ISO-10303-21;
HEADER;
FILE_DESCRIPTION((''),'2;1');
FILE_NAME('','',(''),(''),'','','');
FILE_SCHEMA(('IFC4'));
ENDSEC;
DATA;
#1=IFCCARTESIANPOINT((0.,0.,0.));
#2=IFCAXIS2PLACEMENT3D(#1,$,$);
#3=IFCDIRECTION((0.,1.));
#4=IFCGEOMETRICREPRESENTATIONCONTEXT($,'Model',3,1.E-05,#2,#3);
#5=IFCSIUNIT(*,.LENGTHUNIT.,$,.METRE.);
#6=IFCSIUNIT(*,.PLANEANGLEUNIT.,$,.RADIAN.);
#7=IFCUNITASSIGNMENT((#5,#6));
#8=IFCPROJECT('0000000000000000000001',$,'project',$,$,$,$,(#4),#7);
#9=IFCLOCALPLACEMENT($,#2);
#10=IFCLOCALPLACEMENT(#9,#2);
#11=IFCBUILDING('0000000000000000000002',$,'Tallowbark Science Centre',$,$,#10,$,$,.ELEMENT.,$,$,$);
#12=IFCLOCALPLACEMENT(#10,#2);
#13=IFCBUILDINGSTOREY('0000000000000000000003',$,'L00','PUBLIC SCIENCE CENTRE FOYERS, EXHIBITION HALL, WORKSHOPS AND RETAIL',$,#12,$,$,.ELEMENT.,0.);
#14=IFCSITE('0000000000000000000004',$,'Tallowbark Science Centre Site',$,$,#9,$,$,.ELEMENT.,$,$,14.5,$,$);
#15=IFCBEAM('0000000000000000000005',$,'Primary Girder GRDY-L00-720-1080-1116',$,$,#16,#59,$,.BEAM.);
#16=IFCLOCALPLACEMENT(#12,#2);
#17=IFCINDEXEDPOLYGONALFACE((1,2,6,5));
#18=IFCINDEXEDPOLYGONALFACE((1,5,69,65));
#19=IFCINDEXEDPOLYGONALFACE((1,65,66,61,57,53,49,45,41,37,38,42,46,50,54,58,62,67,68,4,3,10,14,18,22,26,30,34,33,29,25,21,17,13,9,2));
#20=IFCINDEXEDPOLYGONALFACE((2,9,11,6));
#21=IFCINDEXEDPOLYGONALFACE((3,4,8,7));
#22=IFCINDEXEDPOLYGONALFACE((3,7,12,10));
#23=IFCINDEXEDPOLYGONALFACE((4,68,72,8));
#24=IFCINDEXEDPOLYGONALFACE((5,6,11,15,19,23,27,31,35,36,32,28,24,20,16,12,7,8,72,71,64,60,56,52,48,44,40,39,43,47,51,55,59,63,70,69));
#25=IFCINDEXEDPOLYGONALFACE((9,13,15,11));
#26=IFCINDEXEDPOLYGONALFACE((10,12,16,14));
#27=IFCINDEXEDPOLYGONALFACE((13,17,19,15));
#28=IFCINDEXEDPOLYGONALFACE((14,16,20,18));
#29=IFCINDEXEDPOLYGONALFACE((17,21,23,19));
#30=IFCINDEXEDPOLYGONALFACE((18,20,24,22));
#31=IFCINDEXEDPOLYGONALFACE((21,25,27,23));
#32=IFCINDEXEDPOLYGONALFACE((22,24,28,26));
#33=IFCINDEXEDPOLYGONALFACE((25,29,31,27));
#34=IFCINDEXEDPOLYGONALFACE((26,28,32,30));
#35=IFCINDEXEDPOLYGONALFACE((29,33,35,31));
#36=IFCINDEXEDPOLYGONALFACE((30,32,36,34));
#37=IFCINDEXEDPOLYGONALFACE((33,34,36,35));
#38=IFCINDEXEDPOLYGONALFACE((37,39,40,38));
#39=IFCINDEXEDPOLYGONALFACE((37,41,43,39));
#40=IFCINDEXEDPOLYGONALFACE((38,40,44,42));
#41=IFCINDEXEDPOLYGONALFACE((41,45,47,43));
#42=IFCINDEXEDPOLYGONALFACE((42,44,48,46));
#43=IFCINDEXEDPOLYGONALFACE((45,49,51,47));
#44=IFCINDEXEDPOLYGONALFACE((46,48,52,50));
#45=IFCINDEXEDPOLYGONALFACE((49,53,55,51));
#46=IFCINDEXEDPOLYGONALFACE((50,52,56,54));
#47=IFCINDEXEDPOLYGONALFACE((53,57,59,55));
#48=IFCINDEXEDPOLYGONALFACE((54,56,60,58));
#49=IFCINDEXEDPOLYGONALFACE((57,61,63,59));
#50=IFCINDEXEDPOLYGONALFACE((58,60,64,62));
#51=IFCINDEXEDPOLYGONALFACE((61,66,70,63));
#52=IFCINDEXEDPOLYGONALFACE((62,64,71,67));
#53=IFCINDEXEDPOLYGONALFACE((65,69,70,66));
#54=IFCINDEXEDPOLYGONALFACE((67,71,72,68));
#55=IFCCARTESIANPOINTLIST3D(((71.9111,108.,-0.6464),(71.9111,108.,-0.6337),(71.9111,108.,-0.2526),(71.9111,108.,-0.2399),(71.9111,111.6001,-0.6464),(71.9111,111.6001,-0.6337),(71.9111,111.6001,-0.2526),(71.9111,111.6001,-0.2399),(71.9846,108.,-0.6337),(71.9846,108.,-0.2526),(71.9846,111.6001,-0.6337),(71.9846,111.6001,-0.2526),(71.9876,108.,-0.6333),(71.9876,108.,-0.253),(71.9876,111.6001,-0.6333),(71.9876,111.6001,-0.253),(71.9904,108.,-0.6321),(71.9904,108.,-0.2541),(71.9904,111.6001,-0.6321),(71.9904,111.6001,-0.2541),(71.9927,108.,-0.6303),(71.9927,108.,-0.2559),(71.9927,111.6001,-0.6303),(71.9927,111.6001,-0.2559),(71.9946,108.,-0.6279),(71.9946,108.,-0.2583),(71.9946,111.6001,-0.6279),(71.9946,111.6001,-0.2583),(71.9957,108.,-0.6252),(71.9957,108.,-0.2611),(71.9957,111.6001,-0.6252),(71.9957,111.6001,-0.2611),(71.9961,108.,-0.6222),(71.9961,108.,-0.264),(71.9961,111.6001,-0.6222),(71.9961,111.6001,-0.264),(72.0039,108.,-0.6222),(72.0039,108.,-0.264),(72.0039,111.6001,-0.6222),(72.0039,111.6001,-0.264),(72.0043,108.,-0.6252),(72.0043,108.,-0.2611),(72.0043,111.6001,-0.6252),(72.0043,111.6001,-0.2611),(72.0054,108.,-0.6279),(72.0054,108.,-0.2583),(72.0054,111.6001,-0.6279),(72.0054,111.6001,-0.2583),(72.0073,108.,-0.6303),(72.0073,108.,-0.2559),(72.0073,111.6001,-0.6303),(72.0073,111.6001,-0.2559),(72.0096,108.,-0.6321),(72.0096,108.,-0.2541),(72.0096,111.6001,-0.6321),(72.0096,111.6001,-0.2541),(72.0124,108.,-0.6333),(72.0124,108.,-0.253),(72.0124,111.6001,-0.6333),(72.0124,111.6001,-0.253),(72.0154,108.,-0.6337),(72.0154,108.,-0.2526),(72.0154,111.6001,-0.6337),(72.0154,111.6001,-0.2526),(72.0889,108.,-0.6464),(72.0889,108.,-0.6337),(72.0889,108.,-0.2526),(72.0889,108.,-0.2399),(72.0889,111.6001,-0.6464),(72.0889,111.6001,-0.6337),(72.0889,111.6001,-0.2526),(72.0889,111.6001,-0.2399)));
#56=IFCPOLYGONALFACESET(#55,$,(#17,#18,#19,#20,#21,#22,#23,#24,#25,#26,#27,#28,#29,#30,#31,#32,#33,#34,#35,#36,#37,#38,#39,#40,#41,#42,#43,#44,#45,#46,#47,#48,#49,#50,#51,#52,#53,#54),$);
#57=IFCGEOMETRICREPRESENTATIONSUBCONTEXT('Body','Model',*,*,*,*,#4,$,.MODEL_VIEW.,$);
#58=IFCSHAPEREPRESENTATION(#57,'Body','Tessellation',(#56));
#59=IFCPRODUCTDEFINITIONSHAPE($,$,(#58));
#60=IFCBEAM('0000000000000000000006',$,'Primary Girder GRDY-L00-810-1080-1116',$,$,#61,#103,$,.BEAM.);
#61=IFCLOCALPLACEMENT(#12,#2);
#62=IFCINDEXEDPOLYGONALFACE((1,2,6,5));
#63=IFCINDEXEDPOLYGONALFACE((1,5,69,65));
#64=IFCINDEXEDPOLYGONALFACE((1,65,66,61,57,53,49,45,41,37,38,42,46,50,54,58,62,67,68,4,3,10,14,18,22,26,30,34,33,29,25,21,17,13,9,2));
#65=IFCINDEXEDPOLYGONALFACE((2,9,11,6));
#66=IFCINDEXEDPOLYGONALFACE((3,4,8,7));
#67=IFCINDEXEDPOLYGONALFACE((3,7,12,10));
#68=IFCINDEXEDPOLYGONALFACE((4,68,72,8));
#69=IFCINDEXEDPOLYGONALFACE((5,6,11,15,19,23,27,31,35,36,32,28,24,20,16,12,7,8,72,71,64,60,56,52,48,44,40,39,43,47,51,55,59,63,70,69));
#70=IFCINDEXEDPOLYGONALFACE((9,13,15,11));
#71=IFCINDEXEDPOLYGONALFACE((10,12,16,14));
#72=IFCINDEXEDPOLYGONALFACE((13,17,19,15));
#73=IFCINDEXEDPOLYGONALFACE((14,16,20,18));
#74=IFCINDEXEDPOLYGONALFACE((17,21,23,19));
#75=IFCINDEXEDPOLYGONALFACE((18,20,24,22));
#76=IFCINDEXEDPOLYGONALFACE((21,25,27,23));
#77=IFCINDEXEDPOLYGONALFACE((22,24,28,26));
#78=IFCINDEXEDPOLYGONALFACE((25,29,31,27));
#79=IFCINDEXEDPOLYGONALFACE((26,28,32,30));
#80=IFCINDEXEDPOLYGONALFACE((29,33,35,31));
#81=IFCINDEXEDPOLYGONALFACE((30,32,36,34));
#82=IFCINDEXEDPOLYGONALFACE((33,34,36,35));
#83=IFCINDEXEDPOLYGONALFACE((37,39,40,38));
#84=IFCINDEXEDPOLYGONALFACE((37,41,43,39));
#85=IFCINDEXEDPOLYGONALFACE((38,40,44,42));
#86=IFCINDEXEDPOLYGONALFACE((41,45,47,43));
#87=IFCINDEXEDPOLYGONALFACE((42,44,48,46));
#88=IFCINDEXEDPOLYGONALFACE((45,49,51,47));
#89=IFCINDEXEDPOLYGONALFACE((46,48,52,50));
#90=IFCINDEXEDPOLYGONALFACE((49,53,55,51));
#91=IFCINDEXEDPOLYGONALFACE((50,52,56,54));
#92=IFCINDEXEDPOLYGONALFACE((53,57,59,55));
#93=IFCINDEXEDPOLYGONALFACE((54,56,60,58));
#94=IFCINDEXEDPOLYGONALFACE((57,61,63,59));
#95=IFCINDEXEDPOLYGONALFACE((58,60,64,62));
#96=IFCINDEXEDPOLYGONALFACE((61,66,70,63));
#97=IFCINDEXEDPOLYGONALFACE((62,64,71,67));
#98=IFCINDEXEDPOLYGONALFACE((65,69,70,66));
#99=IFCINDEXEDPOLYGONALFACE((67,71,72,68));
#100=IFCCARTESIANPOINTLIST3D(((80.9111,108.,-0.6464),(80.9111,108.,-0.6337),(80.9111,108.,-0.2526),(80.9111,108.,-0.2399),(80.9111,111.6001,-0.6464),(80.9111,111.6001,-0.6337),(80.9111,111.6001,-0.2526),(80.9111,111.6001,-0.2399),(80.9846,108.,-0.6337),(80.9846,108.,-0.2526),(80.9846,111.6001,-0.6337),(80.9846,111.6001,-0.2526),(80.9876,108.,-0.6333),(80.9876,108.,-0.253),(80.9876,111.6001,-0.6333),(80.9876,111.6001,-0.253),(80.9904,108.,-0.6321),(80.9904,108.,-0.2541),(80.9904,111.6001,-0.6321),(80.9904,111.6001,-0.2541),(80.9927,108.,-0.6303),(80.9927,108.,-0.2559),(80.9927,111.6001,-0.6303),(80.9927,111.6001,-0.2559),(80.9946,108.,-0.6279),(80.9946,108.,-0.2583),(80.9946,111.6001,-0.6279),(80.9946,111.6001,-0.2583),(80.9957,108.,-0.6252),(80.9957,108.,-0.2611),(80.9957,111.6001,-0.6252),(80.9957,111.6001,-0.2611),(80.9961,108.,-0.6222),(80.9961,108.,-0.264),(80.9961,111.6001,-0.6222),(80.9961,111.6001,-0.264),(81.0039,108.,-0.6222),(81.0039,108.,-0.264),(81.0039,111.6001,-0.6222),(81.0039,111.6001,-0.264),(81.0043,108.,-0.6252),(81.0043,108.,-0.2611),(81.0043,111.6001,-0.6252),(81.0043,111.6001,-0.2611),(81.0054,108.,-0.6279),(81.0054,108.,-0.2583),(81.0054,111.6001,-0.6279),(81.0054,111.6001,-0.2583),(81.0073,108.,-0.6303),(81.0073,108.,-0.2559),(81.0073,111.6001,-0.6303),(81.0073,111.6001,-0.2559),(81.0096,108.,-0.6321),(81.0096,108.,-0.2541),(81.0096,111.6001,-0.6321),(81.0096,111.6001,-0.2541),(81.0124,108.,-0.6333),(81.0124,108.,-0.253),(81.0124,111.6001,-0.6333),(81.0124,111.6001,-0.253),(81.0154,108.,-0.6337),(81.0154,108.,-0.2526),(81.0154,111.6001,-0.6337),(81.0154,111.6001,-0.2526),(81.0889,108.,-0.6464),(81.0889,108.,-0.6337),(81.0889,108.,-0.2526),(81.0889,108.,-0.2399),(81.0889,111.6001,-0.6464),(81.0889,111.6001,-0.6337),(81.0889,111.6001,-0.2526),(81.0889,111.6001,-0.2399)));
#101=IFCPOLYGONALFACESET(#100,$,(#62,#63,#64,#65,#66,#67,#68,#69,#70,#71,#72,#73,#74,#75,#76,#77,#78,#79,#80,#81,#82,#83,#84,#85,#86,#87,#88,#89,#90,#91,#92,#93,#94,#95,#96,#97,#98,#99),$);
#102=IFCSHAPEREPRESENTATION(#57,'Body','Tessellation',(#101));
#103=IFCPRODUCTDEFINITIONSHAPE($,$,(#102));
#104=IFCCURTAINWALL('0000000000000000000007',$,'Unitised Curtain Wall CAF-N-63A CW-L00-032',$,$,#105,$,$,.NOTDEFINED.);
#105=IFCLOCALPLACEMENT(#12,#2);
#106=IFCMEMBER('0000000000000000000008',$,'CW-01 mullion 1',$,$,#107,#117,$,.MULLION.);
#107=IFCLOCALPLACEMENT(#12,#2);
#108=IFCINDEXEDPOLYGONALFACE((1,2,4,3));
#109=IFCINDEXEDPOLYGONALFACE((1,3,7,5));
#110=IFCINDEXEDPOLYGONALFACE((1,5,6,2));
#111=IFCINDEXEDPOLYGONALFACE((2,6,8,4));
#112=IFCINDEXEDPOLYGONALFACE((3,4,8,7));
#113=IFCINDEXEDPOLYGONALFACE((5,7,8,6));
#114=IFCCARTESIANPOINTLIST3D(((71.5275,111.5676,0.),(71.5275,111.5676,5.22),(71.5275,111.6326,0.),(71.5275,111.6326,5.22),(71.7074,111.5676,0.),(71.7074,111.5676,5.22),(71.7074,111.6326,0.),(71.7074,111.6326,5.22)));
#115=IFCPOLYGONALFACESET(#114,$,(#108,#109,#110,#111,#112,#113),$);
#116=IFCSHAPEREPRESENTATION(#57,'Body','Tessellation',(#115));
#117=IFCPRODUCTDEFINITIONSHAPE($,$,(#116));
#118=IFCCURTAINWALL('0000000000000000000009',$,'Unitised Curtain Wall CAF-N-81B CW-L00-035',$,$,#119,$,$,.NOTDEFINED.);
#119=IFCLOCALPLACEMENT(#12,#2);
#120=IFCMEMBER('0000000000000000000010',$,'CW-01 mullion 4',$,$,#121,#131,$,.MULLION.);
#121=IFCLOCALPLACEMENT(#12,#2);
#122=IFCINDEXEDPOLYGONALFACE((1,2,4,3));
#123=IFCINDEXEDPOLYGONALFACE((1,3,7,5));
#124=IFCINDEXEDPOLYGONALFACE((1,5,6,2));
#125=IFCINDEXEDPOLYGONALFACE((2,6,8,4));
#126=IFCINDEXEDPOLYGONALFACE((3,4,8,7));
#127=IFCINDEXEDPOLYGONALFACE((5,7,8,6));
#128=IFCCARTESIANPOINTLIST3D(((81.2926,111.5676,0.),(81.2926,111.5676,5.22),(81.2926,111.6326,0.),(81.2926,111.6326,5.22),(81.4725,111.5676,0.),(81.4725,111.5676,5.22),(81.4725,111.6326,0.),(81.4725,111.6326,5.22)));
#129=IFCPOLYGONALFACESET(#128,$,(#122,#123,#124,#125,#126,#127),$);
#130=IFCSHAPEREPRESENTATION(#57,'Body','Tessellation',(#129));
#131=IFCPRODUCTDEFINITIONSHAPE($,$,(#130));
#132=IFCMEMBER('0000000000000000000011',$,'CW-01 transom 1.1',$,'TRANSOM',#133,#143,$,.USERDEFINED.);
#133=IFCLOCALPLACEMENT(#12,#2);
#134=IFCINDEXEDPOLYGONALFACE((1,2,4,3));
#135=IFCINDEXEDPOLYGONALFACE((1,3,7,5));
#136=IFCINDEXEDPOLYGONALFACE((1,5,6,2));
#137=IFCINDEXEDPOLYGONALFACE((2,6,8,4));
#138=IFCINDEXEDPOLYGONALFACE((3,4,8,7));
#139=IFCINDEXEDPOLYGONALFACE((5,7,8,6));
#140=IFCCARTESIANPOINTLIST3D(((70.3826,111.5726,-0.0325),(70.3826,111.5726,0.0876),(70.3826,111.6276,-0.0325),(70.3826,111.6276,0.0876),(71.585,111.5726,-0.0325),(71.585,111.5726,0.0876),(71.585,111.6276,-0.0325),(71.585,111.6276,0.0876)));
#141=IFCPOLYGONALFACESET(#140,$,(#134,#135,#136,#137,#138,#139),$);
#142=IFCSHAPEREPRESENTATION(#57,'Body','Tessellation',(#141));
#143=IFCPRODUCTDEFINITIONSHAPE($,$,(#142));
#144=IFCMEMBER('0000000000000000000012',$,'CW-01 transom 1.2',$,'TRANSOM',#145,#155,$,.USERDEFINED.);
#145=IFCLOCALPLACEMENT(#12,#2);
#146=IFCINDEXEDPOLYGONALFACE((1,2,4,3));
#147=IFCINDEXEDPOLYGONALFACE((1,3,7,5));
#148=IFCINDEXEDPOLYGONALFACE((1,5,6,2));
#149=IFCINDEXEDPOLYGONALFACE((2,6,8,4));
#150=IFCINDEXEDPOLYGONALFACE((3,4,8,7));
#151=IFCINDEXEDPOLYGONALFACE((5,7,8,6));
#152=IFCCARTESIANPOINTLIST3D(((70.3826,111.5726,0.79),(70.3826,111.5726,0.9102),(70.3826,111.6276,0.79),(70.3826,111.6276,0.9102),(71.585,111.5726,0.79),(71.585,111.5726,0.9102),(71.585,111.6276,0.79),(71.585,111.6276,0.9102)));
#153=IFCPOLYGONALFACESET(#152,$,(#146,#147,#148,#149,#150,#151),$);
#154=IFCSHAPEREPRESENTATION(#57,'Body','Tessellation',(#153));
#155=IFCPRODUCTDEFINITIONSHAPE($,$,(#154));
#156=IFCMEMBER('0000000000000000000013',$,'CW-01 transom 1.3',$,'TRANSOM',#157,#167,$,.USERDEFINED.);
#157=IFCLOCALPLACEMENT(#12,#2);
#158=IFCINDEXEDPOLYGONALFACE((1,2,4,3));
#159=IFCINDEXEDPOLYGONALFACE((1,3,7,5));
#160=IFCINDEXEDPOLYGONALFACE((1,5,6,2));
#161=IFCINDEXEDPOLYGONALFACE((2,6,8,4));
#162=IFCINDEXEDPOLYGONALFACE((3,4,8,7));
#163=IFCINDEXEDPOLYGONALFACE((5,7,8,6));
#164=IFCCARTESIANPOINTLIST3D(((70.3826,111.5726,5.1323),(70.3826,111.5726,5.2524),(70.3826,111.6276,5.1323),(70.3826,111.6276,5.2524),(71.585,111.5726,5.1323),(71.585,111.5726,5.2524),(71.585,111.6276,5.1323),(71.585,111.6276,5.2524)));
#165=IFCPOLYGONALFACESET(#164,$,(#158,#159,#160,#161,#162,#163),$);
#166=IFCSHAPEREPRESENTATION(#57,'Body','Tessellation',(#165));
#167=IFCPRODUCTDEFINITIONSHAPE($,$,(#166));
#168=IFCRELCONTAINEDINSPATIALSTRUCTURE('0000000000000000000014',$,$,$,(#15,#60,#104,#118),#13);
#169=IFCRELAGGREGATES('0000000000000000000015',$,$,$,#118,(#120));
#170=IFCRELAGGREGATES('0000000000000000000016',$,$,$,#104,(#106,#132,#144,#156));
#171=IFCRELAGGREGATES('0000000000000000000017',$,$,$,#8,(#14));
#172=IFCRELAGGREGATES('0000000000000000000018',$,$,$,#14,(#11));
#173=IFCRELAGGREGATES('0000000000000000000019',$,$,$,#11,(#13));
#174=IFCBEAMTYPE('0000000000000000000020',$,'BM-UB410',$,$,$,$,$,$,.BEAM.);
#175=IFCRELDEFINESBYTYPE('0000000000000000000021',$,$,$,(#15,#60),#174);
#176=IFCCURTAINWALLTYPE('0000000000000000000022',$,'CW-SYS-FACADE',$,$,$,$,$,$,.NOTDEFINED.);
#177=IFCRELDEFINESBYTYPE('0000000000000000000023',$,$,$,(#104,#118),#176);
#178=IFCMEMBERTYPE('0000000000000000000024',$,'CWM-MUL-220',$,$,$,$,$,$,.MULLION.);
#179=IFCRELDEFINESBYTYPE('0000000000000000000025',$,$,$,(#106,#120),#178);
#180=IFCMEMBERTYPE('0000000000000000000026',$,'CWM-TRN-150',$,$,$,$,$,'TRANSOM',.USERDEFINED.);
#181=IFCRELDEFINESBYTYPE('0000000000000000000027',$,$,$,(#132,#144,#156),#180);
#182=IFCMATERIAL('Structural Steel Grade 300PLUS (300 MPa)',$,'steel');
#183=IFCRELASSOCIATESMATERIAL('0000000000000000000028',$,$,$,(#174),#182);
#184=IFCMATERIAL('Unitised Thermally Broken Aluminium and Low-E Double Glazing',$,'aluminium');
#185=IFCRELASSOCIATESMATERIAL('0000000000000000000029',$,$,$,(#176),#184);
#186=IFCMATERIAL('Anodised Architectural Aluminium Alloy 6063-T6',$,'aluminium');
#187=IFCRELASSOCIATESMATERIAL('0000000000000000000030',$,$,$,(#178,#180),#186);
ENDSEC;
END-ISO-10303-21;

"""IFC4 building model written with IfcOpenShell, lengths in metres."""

from ifc_helpers import new_model, si_unit, direction, frame, origin, origin_2d, place, context, subcontext, project, spatial, rectangle, i_section, extrude, material, material_profile, profile_set, type_object, element, aggregate, save


model = new_model("IFC4")

# Units and contexts
model_context = context("Model", 3, precision=1e-05, world=origin(), true_north=direction((0.0, 1.0)))
body_context = subcontext(model_context, "Body", "Model", "MODEL_VIEW")
ifc_project = project(units=[si_unit("LENGTHUNIT", "METRE"), si_unit("PLANEANGLEUNIT", "RADIAN")], contexts=[model_context])

# Site, building, storey
site_placement = place(None, origin())
site = spatial("IfcSite", under=ifc_project, at=site_placement, Name="Tallowbark Science Centre Site", CompositionType="ELEMENT", RefElevation=14.5)
building_placement = place(site_placement, origin())
building = spatial("IfcBuilding", under=site, at=building_placement, Name="Tallowbark Science Centre", CompositionType="ELEMENT")
storey_placement = place(building_placement, origin())
storey = spatial("IfcBuildingStorey", under=building, at=storey_placement, Name="L00", Description="PUBLIC SCIENCE CENTRE FOYERS, EXHIBITION HALL, WORKSHOPS AND RETAIL", CompositionType="ELEMENT", Elevation=0.0)

# Shared definitions
ifc_material_1 = material(Name="Structural Steel Grade 300PLUS (300 MPa)", Category="steel")

# Beams
ifc_material_profile_1 = material_profile(ifc_material_1, i_section(OverallWidth=0.1777, OverallDepth=0.4065, WebThickness=0.0078, FlangeThickness=0.0127, FilletRadius=0.0115, at=origin_2d()), Name="410UB59.7")
ifc_profile_set_1 = profile_set([ifc_material_profile_1], Name="Structural Steel Grade 300PLUS (300 MPa)")
beam_type_1 = type_object("IfcBeamType", Name="BM-UB410", PredefinedType="BEAM", material=ifc_profile_set_1)
for number, where, z_axis, x_axis, name in (
    (1, (72.0, 108.0, -0.4431), (0.0, 1.0, 0.0), (-1.0, 0.0, 0.0), "Primary Girder GRDY-L00-720-1080-1116"),
    (2, (81.0, 108.0, -0.4431), (0.0, 1.0, 0.0), (-1.0, 0.0, 0.0), "Primary Girder GRDY-L00-810-1080-1116"),
):
    element("IfcBeam", number, at=place(storey_placement, frame(where, z_axis=z_axis, x_axis=x_axis)), inside=storey, type_object=beam_type_1, Name=name, PredefinedType="BEAM", context=body_context, shape_type="SweptSolid", body=[
        extrude(i_section(OverallWidth=0.1777, OverallDepth=0.4065, WebThickness=0.0078, FlangeThickness=0.0127, FilletRadius=0.0115, at=origin_2d()), origin(), (0.0, 0.0, 1.0), 3.6001),
    ])

# Curtain walls, members
ifc_material_2 = material(Name="Unitised Thermally Broken Aluminium and Low-E Double Glazing", Category="aluminium")
curtain_wall_type = type_object("IfcCurtainWallType", Name="CW-SYS-FACADE", PredefinedType="NOTDEFINED", material=ifc_material_2)
curtain_wall_1_placement = place(storey_placement, origin())
curtain_wall_1 = element("IfcCurtainWall", 3, at=curtain_wall_1_placement, inside=storey, type_object=curtain_wall_type, Name="Unitised Curtain Wall CAF-N-63A CW-L00-032", PredefinedType="NOTDEFINED")
ifc_material_3 = material(Name="Anodised Architectural Aluminium Alloy 6063-T6", Category="aluminium")
ifc_material_profile_2 = material_profile(ifc_material_3, rectangle(XDim=0.0649, YDim=0.1799, at=origin_2d()), Name="ALU65x180")
ifc_profile_set_2 = profile_set([ifc_material_profile_2], Name="Anodised Architectural Aluminium Alloy 6063-T6")
member_type_1 = type_object("IfcMemberType", Name="CWM-MUL-220", PredefinedType="MULLION", material=ifc_profile_set_2)
member_1_placement = place(storey_placement, frame((71.6174, 111.6001, 0.0), z_axis=(0.0, 0.0, 1.0), x_axis=(0.0, -1.0, 0.0)))
member_1 = element("IfcMember", 4, at=member_1_placement, type_object=member_type_1, Name="CW-01 mullion 1", PredefinedType="MULLION", context=body_context, shape_type="SweptSolid", body=[
    extrude(rectangle(XDim=0.0649, YDim=0.1799, at=origin_2d()), origin(), (0.0, 0.0, 1.0), 5.22),
])
curtain_wall_2_placement = place(storey_placement, origin())
curtain_wall_2 = element("IfcCurtainWall", 5, at=curtain_wall_2_placement, inside=storey, type_object=curtain_wall_type, Name="Unitised Curtain Wall CAF-N-81B CW-L00-035", PredefinedType="NOTDEFINED")
member_2_placement = place(storey_placement, frame((81.3826, 111.6001, 0.0), z_axis=(0.0, 0.0, 1.0), x_axis=(0.0, -1.0, 0.0)))
member_2 = element("IfcMember", 6, at=member_2_placement, type_object=member_type_1, Name="CW-01 mullion 4", PredefinedType="MULLION", context=body_context, shape_type="SweptSolid", body=[
    extrude(rectangle(XDim=0.0649, YDim=0.1799, at=origin_2d()), origin(), (0.0, 0.0, 1.0), 5.22),
])
aggregate(curtain_wall_2, [member_2])

# Members
ifc_material_profile_3 = material_profile(ifc_material_3, rectangle(XDim=0.0549, YDim=0.1201, at=origin_2d()), Name="ALU55x120")
ifc_profile_set_3 = profile_set([ifc_material_profile_3], Name="Anodised Architectural Aluminium Alloy 6063-T6")
member_type_2 = type_object("IfcMemberType", Name="CWM-TRN-150", ElementType="TRANSOM", PredefinedType="USERDEFINED", material=ifc_profile_set_3)
member_3_placement = place(storey_placement, frame((71.585, 111.6001, 0.0276), z_axis=(-1.0, 0.0, 0.0), x_axis=(0.0, -1.0, 0.0)))
member_3 = element("IfcMember", 7, at=member_3_placement, type_object=member_type_2, Name="CW-01 transom 1.1", ObjectType="TRANSOM", PredefinedType="USERDEFINED", context=body_context, shape_type="SweptSolid", body=[
    extrude(rectangle(XDim=0.0549, YDim=0.1201, at=origin_2d()), origin(), (0.0, 0.0, 1.0), 1.2024),
])
member_4_placement = place(storey_placement, frame((71.585, 111.6001, 0.8501), z_axis=(-1.0, 0.0, 0.0), x_axis=(0.0, -1.0, 0.0)))
member_4 = element("IfcMember", 8, at=member_4_placement, type_object=member_type_2, Name="CW-01 transom 1.2", ObjectType="TRANSOM", PredefinedType="USERDEFINED", context=body_context, shape_type="SweptSolid", body=[
    extrude(rectangle(XDim=0.0549, YDim=0.1201, at=origin_2d()), origin(), (0.0, 0.0, 1.0), 1.2024),
])
member_5_placement = place(storey_placement, frame((71.585, 111.6001, 5.1924), z_axis=(-1.0, 0.0, 0.0), x_axis=(0.0, -1.0, 0.0)))
member_5 = element("IfcMember", 9, at=member_5_placement, type_object=member_type_2, Name="CW-01 transom 1.3", ObjectType="TRANSOM", PredefinedType="USERDEFINED", context=body_context, shape_type="SweptSolid", body=[
    extrude(rectangle(XDim=0.0549, YDim=0.1201, at=origin_2d()), origin(), (0.0, 0.0, 1.0), 1.2024),
])

aggregate(curtain_wall_1, [member_1, member_3, member_4, member_5])

save(model, "model.ifc")
